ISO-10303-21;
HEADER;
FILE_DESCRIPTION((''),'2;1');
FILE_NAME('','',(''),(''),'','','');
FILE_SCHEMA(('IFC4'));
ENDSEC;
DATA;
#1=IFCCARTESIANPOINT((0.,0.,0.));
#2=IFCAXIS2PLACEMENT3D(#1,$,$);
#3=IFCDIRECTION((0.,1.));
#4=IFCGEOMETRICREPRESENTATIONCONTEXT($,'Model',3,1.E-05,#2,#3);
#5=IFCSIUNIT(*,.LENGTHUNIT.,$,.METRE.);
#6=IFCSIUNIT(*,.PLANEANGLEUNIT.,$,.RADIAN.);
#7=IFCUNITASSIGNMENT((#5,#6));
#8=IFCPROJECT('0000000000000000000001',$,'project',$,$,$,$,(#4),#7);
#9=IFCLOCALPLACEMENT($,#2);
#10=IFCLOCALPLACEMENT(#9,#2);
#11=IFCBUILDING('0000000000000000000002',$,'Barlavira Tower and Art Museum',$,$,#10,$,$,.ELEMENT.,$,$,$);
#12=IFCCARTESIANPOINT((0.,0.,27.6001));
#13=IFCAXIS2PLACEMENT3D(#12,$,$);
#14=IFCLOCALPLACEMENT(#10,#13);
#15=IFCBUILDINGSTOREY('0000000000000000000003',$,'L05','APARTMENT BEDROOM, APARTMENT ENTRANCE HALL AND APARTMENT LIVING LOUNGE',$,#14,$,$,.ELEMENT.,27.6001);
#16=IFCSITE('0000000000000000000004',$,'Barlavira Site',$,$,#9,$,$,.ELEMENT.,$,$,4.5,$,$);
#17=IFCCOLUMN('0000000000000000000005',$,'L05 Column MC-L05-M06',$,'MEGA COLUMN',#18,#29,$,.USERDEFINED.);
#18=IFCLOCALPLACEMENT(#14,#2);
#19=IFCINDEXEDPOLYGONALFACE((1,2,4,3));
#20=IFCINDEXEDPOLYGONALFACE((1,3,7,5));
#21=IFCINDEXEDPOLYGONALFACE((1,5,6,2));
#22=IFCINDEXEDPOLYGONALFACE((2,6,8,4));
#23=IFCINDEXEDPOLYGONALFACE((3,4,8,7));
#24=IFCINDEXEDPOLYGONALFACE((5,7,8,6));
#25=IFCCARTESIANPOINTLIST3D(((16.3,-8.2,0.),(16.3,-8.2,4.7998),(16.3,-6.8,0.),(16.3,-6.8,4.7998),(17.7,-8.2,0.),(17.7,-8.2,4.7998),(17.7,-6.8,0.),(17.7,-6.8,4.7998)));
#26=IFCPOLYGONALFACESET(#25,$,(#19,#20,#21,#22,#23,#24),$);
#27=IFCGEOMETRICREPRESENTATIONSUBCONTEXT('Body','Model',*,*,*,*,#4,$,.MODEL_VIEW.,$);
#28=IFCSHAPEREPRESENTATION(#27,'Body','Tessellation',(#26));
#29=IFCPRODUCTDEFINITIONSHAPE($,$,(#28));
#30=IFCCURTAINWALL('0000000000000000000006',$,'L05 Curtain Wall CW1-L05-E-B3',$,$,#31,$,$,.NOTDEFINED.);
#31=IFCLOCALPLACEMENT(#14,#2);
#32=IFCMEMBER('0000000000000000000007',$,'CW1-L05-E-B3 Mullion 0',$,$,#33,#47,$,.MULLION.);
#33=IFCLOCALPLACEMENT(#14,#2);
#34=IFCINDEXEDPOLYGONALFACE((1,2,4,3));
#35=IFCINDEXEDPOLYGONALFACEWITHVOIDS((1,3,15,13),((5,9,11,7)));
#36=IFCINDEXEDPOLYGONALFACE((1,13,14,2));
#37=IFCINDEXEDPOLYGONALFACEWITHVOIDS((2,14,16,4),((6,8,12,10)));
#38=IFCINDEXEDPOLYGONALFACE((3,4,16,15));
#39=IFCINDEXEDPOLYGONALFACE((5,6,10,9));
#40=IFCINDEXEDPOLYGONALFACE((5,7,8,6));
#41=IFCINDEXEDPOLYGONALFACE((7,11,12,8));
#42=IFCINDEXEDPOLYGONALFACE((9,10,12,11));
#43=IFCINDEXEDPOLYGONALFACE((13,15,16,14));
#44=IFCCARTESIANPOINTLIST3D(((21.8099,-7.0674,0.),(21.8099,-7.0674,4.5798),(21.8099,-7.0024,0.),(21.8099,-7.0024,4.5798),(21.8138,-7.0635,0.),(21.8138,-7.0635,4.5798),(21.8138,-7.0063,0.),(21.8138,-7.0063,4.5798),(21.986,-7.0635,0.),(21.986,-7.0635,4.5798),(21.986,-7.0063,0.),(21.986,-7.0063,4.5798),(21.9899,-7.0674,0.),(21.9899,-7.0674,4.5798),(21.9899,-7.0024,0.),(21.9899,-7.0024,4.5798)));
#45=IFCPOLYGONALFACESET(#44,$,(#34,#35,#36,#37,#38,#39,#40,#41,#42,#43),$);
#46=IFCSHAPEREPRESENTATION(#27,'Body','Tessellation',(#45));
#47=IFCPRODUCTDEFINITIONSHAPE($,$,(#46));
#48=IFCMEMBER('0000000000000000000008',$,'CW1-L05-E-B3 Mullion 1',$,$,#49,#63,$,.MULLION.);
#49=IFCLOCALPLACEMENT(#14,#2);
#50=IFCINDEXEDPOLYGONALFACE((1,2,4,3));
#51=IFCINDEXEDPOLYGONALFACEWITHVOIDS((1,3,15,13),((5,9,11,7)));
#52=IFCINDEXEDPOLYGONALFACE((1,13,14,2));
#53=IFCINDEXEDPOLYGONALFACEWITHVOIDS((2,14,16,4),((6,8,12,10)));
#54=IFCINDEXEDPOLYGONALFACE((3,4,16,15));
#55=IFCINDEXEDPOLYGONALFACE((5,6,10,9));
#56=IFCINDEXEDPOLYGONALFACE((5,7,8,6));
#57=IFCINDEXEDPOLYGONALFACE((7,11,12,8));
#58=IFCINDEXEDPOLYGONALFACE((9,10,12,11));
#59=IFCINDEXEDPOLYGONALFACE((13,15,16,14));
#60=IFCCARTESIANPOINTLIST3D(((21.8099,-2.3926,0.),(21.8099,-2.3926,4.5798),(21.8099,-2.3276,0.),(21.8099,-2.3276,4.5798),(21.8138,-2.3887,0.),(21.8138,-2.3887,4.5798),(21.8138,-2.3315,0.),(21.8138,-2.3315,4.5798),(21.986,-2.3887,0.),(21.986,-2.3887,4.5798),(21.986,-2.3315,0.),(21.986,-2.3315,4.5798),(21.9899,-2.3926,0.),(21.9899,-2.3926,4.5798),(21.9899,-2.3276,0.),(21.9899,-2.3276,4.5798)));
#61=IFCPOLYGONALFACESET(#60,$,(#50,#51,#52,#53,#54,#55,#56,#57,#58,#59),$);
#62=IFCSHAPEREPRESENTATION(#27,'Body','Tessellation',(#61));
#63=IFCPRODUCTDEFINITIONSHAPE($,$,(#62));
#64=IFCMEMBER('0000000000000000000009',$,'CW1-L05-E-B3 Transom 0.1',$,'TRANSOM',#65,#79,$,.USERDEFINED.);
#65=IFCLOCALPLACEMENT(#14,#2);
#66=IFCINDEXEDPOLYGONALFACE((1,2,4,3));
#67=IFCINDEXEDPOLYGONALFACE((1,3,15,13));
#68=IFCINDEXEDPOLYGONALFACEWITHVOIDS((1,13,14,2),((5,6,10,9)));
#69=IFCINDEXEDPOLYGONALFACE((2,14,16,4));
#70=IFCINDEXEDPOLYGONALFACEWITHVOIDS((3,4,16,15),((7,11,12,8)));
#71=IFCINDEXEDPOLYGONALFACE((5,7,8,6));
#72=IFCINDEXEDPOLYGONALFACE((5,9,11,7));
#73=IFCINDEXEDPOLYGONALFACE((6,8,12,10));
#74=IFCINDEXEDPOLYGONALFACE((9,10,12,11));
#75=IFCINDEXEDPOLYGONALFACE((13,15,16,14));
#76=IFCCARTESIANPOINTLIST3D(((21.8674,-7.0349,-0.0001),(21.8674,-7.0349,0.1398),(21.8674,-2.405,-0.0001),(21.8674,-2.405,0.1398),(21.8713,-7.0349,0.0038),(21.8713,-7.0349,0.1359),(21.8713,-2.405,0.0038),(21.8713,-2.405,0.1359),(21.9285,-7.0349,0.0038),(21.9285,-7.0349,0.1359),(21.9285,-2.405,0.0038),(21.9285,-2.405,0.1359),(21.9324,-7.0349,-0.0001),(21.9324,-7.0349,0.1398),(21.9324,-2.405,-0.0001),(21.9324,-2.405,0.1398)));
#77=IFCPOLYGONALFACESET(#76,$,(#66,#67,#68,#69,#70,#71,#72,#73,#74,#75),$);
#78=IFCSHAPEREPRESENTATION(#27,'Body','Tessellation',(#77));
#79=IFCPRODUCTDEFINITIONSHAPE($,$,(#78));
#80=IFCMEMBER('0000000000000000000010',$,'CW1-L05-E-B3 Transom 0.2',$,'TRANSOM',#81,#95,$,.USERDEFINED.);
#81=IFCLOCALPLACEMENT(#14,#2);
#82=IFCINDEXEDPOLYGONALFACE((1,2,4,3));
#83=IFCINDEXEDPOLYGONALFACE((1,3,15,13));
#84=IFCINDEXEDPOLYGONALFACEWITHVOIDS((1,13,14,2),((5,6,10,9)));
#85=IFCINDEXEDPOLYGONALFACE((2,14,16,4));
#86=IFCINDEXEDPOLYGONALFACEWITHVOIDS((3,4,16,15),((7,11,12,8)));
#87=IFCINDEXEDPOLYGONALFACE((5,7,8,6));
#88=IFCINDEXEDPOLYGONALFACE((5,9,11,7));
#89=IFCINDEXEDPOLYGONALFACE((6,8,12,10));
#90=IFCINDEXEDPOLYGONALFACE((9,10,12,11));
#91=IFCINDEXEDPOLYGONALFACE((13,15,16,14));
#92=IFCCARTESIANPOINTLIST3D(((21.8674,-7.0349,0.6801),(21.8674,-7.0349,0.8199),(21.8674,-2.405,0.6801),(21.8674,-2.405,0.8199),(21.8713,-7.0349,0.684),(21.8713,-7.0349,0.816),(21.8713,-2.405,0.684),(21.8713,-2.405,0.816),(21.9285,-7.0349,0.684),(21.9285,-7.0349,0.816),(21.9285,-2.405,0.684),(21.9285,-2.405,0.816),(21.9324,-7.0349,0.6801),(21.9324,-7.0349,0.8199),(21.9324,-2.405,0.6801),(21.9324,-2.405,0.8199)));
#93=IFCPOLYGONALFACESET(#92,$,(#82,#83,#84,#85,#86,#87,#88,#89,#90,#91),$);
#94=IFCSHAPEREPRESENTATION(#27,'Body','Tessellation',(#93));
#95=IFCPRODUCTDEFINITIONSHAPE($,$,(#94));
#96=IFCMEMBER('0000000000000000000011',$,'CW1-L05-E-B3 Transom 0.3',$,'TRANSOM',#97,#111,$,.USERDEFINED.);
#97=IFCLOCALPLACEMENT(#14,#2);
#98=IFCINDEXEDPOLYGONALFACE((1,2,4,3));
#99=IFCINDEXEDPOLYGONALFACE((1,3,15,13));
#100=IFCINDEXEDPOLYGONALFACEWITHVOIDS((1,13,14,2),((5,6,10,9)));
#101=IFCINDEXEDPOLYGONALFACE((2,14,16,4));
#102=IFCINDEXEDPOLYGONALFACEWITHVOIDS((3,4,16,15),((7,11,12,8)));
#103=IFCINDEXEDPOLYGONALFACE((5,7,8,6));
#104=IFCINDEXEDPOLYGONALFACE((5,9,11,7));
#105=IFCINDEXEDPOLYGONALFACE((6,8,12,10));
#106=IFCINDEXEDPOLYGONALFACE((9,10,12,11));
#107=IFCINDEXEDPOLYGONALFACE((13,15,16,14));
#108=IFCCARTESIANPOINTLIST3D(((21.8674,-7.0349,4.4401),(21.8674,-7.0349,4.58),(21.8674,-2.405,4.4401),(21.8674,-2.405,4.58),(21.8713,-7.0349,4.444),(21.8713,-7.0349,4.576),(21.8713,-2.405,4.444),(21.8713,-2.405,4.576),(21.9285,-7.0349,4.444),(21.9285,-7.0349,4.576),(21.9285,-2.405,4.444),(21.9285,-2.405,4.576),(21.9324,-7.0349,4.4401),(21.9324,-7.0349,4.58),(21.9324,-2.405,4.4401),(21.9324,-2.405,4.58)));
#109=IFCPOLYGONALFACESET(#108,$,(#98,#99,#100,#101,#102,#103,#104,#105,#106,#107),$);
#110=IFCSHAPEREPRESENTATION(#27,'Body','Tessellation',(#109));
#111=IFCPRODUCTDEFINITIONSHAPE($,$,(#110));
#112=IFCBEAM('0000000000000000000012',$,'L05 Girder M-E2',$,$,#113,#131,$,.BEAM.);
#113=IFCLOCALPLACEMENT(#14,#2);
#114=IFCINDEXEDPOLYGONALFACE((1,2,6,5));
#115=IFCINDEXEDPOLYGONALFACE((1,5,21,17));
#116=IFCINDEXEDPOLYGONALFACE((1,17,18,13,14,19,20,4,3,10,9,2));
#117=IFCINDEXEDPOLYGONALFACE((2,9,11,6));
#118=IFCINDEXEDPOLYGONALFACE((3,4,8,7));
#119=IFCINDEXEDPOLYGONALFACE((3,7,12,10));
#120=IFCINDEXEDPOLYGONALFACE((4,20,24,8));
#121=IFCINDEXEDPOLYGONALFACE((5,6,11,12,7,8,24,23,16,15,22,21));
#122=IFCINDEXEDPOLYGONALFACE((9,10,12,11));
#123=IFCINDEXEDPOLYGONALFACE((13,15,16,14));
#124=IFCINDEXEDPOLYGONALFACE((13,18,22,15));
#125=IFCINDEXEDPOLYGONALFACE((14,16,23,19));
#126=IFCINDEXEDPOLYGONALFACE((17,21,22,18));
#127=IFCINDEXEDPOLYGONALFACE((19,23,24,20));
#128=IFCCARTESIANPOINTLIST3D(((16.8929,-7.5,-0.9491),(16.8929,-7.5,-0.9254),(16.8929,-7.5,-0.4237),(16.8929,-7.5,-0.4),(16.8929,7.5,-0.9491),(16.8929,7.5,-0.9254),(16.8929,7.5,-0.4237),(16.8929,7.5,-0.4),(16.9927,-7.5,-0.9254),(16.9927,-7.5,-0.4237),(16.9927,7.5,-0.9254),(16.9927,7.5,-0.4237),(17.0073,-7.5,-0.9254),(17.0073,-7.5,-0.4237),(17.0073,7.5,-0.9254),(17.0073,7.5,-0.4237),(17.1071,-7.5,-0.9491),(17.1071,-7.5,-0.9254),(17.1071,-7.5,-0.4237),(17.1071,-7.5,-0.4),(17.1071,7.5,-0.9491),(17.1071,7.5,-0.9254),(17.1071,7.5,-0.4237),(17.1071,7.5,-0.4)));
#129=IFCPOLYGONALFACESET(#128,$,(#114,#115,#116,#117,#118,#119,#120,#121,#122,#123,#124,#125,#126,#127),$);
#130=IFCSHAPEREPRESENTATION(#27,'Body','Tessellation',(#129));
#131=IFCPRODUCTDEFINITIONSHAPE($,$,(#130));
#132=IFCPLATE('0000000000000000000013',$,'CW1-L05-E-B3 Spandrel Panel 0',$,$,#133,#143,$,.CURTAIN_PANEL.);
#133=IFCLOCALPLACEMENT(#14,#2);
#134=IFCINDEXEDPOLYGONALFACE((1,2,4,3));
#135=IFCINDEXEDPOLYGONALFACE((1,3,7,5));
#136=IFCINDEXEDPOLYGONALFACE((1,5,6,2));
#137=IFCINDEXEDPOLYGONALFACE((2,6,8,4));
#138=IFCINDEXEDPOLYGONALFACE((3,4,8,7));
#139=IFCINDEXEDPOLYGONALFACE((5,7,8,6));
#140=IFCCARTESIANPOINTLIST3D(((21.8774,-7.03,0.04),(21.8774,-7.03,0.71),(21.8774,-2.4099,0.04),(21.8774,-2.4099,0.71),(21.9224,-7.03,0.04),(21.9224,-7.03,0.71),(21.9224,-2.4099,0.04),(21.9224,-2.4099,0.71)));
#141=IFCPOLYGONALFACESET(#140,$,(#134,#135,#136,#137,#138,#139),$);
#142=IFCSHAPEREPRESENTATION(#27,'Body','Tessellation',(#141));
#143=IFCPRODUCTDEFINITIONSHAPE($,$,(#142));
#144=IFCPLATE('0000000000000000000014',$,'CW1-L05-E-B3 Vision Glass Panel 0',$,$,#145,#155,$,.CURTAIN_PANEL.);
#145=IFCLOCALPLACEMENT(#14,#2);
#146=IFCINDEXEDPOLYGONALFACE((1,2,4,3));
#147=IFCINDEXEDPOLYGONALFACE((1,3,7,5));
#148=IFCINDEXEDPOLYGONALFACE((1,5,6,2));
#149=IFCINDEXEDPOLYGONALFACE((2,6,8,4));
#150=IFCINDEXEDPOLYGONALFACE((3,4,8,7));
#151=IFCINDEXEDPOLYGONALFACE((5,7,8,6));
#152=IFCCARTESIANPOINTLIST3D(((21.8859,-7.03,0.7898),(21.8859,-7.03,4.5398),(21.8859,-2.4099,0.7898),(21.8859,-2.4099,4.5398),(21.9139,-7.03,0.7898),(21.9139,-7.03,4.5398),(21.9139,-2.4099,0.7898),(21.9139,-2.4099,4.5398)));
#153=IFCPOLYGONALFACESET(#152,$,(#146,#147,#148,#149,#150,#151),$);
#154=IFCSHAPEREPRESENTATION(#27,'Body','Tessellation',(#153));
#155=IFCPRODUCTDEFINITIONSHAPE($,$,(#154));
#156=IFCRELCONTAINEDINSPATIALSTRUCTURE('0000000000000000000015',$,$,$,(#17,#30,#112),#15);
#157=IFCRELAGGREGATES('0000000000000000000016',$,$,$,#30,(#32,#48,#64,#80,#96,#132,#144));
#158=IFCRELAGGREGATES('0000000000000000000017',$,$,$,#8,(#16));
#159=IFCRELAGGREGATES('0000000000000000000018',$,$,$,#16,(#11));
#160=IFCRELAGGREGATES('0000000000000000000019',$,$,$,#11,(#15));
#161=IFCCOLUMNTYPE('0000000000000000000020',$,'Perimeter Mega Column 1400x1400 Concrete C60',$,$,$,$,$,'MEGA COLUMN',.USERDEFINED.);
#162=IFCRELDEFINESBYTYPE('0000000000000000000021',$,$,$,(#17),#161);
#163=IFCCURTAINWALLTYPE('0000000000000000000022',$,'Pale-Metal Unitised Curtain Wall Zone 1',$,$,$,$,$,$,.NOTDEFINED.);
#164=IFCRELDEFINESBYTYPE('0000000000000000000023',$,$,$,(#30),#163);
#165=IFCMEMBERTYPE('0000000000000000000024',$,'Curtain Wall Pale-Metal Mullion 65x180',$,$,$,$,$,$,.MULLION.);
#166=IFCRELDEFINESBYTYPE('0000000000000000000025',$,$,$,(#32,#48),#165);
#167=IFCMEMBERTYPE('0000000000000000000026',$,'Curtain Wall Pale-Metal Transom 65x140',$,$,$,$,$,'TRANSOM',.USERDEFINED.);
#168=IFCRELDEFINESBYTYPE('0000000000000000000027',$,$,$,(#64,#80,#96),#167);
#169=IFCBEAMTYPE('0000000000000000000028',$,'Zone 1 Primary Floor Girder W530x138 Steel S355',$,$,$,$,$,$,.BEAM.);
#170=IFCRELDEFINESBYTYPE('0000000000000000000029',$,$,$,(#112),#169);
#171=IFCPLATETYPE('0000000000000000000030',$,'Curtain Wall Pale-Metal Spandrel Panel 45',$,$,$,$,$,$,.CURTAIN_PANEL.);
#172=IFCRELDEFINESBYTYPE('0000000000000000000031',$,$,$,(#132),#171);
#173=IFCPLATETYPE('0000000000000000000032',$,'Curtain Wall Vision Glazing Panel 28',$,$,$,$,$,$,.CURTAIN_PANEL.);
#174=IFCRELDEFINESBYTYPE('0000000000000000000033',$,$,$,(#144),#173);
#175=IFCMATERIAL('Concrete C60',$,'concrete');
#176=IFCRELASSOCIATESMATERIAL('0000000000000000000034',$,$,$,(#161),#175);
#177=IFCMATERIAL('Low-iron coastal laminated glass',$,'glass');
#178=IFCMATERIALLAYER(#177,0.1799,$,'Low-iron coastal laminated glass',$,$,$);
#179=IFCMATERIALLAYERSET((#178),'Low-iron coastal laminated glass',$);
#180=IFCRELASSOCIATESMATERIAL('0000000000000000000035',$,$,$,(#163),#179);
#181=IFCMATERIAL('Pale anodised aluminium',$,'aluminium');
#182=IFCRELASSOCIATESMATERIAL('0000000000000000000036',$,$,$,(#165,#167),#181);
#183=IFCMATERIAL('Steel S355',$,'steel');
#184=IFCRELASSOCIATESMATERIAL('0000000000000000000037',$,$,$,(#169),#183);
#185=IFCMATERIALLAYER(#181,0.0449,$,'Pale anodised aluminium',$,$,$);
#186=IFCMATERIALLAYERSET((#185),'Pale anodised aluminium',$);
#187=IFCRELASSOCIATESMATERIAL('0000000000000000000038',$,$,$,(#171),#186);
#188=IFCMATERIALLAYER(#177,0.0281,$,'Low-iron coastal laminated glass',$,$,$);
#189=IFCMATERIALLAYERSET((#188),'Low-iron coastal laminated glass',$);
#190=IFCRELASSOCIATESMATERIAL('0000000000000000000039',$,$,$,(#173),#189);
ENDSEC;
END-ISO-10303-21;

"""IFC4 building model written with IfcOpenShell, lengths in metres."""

from ifc_helpers import new_model, si_unit, direction, frame, origin, origin_2d, place, context, subcontext, project, spatial, rectangle, hollow_rectangle, i_section, extrude, material, layer, layer_set, material_profile, profile_set, type_object, element, aggregate, save


model = new_model("IFC4")

# Units and contexts
model_context = context("Model", 3, precision=1e-05, world=origin(), true_north=direction((0.0, 1.0)))
body_context = subcontext(model_context, "Body", "Model", "MODEL_VIEW")
ifc_project = project(units=[si_unit("LENGTHUNIT", "METRE"), si_unit("PLANEANGLEUNIT", "RADIAN")], contexts=[model_context])

# Site, building, storey
site_placement = place(None, origin())
site = spatial("IfcSite", under=ifc_project, at=site_placement, Name="Barlavira Site", CompositionType="ELEMENT", RefElevation=4.5)
building_placement = place(site_placement, origin())
building = spatial("IfcBuilding", under=site, at=building_placement, Name="Barlavira Tower and Art Museum", CompositionType="ELEMENT")
storey_placement = place(building_placement, frame((0.0, 0.0, 27.6001)))
storey = spatial("IfcBuildingStorey", under=building, at=storey_placement, Name="L05", Description="APARTMENT BEDROOM, APARTMENT ENTRANCE HALL AND APARTMENT LIVING LOUNGE", CompositionType="ELEMENT", Elevation=27.6001)

# Column
ifc_material_1 = material(Name="Concrete C60", Category="concrete")
ifc_material_profile_1 = material_profile(ifc_material_1, rectangle(XDim=1.3999, YDim=1.3999, at=origin_2d()), Name="RC-MCOL 1400x1400")
ifc_profile_set_1 = profile_set([ifc_material_profile_1], Name="Concrete C60")
column_type = type_object("IfcColumnType", Name="Perimeter Mega Column 1400x1400 Concrete C60", ElementType="MEGA COLUMN", PredefinedType="USERDEFINED", material=ifc_profile_set_1)
column_placement = place(storey_placement, frame((17.0, -7.5, 0.0), z_axis=(0.0, 0.0, 1.0), x_axis=(1.0, 0.0, 0.0)))
element("IfcColumn", 1, at=column_placement, inside=storey, type_object=column_type, Name="L05 Column MC-L05-M06", ObjectType="MEGA COLUMN", PredefinedType="USERDEFINED", context=body_context, shape_type="SweptSolid", body=[
    extrude(rectangle(XDim=1.3999, YDim=1.3999, at=origin_2d()), origin(), (0.0, 0.0, 1.0), 4.7998),
])

# Curtain wall, members
ifc_material_2 = material(Name="Low-iron coastal laminated glass", Category="glass")
ifc_layer_1 = layer(ifc_material_2, 0.1799, Name="Low-iron coastal laminated glass")
ifc_layer_set_1 = layer_set([ifc_layer_1], Name="Low-iron coastal laminated glass")
curtain_wall_type = type_object("IfcCurtainWallType", Name="Pale-Metal Unitised Curtain Wall Zone 1", PredefinedType="NOTDEFINED", material=ifc_layer_set_1)
curtain_wall_placement = place(storey_placement, origin())
curtain_wall = element("IfcCurtainWall", 2, at=curtain_wall_placement, inside=storey, type_object=curtain_wall_type, Name="L05 Curtain Wall CW1-L05-E-B3", PredefinedType="NOTDEFINED")
ifc_material_3 = material(Name="Pale anodised aluminium", Category="aluminium")
ifc_material_profile_2 = material_profile(ifc_material_3, hollow_rectangle(XDim=0.0649, YDim=0.1799, WallThickness=0.0039, at=origin_2d()), Name="ALU-MULL 65x180x4")
ifc_profile_set_2 = profile_set([ifc_material_profile_2], Name="Pale anodised aluminium")
member_type_1 = type_object("IfcMemberType", Name="Curtain Wall Pale-Metal Mullion 65x180", PredefinedType="MULLION", material=ifc_profile_set_2)
member_1_placement = place(storey_placement, frame((21.8999, -7.0349, 0.0), z_axis=(0.0, 0.0, 1.0), x_axis=(0.0, 1.0, 0.0)))
member_1 = element("IfcMember", 3, at=member_1_placement, type_object=member_type_1, Name="CW1-L05-E-B3 Mullion 0", PredefinedType="MULLION", context=body_context, shape_type="SweptSolid", body=[
    extrude(hollow_rectangle(XDim=0.0649, YDim=0.1799, WallThickness=0.0039, at=origin_2d()), origin(), (0.0, 0.0, 1.0), 4.5798),
])
member_2_placement = place(storey_placement, frame((21.8999, -2.3601, 0.0), z_axis=(0.0, 0.0, 1.0), x_axis=(0.0, 1.0, 0.0)))
member_2 = element("IfcMember", 4, at=member_2_placement, type_object=member_type_1, Name="CW1-L05-E-B3 Mullion 1", PredefinedType="MULLION", context=body_context, shape_type="SweptSolid", body=[
    extrude(hollow_rectangle(XDim=0.0649, YDim=0.1799, WallThickness=0.0039, at=origin_2d()), origin(), (0.0, 0.0, 1.0), 4.5798),
])
ifc_material_profile_3 = material_profile(ifc_material_3, hollow_rectangle(XDim=0.0649, YDim=0.1399, WallThickness=0.0039, at=origin_2d()), Name="ALU-TRAN 65x140x4")
ifc_profile_set_3 = profile_set([ifc_material_profile_3], Name="Pale anodised aluminium")
member_type_2 = type_object("IfcMemberType", Name="Curtain Wall Pale-Metal Transom 65x140", ElementType="TRANSOM", PredefinedType="USERDEFINED", material=ifc_profile_set_3)
member_3_placement = place(storey_placement, frame((21.8999, -7.0349, 0.0698), z_axis=(0.0, 1.0, 0.0), x_axis=(-1.0, 0.0, 0.0)))
member_3 = element("IfcMember", 5, at=member_3_placement, type_object=member_type_2, Name="CW1-L05-E-B3 Transom 0.1", ObjectType="TRANSOM", PredefinedType="USERDEFINED", context=body_context, shape_type="SweptSolid", body=[
    extrude(hollow_rectangle(XDim=0.0649, YDim=0.1399, WallThickness=0.0039, at=origin_2d()), origin(), (0.0, 0.0, 1.0), 4.6299),
])
member_4_placement = place(storey_placement, frame((21.8999, -7.0349, 0.75), z_axis=(0.0, 1.0, 0.0), x_axis=(-1.0, 0.0, 0.0)))
member_4 = element("IfcMember", 6, at=member_4_placement, type_object=member_type_2, Name="CW1-L05-E-B3 Transom 0.2", ObjectType="TRANSOM", PredefinedType="USERDEFINED", context=body_context, shape_type="SweptSolid", body=[
    extrude(hollow_rectangle(XDim=0.0649, YDim=0.1399, WallThickness=0.0039, at=origin_2d()), origin(), (0.0, 0.0, 1.0), 4.6299),
])
member_5_placement = place(storey_placement, frame((21.8999, -7.0349, 4.51), z_axis=(0.0, 1.0, 0.0), x_axis=(-1.0, 0.0, 0.0)))
member_5 = element("IfcMember", 7, at=member_5_placement, type_object=member_type_2, Name="CW1-L05-E-B3 Transom 0.3", ObjectType="TRANSOM", PredefinedType="USERDEFINED", context=body_context, shape_type="SweptSolid", body=[
    extrude(hollow_rectangle(XDim=0.0649, YDim=0.1399, WallThickness=0.0039, at=origin_2d()), origin(), (0.0, 0.0, 1.0), 4.6299),
])

# Beam
ifc_material_4 = material(Name="Steel S355", Category="steel")
ifc_material_profile_4 = material_profile(ifc_material_4, i_section(OverallWidth=0.2141, OverallDepth=0.5491, WebThickness=0.0146, FlangeThickness=0.0237, at=origin_2d()), Name="W530x138.0")
ifc_profile_set_4 = profile_set([ifc_material_profile_4], Name="Steel S355")
beam_type = type_object("IfcBeamType", Name="Zone 1 Primary Floor Girder W530x138 Steel S355", PredefinedType="BEAM", material=ifc_profile_set_4)
beam_placement = place(storey_placement, frame((17.0, -7.5, -0.6746), z_axis=(0.0, 1.0, 0.0), x_axis=(-1.0, 0.0, 0.0)))
element("IfcBeam", 8, at=beam_placement, inside=storey, type_object=beam_type, Name="L05 Girder M-E2", PredefinedType="BEAM", context=body_context, shape_type="SweptSolid", body=[
    extrude(i_section(OverallWidth=0.2141, OverallDepth=0.5491, WebThickness=0.0146, FlangeThickness=0.0237, at=origin_2d()), origin(), (0.0, 0.0, 1.0), 15.0),
])

# Plates
ifc_layer_2 = layer(ifc_material_3, 0.0449, Name="Pale anodised aluminium")
ifc_layer_set_2 = layer_set([ifc_layer_2], Name="Pale anodised aluminium")
plate_type_1 = type_object("IfcPlateType", Name="Curtain Wall Pale-Metal Spandrel Panel 45", PredefinedType="CURTAIN_PANEL", material=ifc_layer_set_2)
plate_1_placement = place(storey_placement, frame((21.8999, -4.72, 0.04), z_axis=(0.0, 0.0, 1.0), x_axis=(0.0, 1.0, 0.0)))
plate_1 = element("IfcPlate", 9, at=plate_1_placement, type_object=plate_type_1, Name="CW1-L05-E-B3 Spandrel Panel 0", PredefinedType="CURTAIN_PANEL", context=body_context, shape_type="SweptSolid", body=[
    extrude(rectangle(XDim=4.6201, YDim=0.0449, at=origin_2d()), origin(), (0.0, 0.0, 1.0), 0.6699),
])
ifc_layer_3 = layer(ifc_material_2, 0.0281, Name="Low-iron coastal laminated glass")
ifc_layer_set_3 = layer_set([ifc_layer_3], Name="Low-iron coastal laminated glass")
plate_type_2 = type_object("IfcPlateType", Name="Curtain Wall Vision Glazing Panel 28", PredefinedType="CURTAIN_PANEL", material=ifc_layer_set_3)
plate_2_placement = place(storey_placement, frame((21.8999, -4.72, 0.7898), z_axis=(0.0, 0.0, 1.0), x_axis=(0.0, 1.0, 0.0)))
plate_2 = element("IfcPlate", 10, at=plate_2_placement, type_object=plate_type_2, Name="CW1-L05-E-B3 Vision Glass Panel 0", PredefinedType="CURTAIN_PANEL", context=body_context, shape_type="SweptSolid", body=[
    extrude(rectangle(XDim=4.6201, YDim=0.0281, at=origin_2d()), origin(), (0.0, 0.0, 1.0), 3.75),
])
aggregate(curtain_wall, [member_1, member_2, member_3, member_4, member_5, plate_1, plate_2])

save(model, "model.ifc")
